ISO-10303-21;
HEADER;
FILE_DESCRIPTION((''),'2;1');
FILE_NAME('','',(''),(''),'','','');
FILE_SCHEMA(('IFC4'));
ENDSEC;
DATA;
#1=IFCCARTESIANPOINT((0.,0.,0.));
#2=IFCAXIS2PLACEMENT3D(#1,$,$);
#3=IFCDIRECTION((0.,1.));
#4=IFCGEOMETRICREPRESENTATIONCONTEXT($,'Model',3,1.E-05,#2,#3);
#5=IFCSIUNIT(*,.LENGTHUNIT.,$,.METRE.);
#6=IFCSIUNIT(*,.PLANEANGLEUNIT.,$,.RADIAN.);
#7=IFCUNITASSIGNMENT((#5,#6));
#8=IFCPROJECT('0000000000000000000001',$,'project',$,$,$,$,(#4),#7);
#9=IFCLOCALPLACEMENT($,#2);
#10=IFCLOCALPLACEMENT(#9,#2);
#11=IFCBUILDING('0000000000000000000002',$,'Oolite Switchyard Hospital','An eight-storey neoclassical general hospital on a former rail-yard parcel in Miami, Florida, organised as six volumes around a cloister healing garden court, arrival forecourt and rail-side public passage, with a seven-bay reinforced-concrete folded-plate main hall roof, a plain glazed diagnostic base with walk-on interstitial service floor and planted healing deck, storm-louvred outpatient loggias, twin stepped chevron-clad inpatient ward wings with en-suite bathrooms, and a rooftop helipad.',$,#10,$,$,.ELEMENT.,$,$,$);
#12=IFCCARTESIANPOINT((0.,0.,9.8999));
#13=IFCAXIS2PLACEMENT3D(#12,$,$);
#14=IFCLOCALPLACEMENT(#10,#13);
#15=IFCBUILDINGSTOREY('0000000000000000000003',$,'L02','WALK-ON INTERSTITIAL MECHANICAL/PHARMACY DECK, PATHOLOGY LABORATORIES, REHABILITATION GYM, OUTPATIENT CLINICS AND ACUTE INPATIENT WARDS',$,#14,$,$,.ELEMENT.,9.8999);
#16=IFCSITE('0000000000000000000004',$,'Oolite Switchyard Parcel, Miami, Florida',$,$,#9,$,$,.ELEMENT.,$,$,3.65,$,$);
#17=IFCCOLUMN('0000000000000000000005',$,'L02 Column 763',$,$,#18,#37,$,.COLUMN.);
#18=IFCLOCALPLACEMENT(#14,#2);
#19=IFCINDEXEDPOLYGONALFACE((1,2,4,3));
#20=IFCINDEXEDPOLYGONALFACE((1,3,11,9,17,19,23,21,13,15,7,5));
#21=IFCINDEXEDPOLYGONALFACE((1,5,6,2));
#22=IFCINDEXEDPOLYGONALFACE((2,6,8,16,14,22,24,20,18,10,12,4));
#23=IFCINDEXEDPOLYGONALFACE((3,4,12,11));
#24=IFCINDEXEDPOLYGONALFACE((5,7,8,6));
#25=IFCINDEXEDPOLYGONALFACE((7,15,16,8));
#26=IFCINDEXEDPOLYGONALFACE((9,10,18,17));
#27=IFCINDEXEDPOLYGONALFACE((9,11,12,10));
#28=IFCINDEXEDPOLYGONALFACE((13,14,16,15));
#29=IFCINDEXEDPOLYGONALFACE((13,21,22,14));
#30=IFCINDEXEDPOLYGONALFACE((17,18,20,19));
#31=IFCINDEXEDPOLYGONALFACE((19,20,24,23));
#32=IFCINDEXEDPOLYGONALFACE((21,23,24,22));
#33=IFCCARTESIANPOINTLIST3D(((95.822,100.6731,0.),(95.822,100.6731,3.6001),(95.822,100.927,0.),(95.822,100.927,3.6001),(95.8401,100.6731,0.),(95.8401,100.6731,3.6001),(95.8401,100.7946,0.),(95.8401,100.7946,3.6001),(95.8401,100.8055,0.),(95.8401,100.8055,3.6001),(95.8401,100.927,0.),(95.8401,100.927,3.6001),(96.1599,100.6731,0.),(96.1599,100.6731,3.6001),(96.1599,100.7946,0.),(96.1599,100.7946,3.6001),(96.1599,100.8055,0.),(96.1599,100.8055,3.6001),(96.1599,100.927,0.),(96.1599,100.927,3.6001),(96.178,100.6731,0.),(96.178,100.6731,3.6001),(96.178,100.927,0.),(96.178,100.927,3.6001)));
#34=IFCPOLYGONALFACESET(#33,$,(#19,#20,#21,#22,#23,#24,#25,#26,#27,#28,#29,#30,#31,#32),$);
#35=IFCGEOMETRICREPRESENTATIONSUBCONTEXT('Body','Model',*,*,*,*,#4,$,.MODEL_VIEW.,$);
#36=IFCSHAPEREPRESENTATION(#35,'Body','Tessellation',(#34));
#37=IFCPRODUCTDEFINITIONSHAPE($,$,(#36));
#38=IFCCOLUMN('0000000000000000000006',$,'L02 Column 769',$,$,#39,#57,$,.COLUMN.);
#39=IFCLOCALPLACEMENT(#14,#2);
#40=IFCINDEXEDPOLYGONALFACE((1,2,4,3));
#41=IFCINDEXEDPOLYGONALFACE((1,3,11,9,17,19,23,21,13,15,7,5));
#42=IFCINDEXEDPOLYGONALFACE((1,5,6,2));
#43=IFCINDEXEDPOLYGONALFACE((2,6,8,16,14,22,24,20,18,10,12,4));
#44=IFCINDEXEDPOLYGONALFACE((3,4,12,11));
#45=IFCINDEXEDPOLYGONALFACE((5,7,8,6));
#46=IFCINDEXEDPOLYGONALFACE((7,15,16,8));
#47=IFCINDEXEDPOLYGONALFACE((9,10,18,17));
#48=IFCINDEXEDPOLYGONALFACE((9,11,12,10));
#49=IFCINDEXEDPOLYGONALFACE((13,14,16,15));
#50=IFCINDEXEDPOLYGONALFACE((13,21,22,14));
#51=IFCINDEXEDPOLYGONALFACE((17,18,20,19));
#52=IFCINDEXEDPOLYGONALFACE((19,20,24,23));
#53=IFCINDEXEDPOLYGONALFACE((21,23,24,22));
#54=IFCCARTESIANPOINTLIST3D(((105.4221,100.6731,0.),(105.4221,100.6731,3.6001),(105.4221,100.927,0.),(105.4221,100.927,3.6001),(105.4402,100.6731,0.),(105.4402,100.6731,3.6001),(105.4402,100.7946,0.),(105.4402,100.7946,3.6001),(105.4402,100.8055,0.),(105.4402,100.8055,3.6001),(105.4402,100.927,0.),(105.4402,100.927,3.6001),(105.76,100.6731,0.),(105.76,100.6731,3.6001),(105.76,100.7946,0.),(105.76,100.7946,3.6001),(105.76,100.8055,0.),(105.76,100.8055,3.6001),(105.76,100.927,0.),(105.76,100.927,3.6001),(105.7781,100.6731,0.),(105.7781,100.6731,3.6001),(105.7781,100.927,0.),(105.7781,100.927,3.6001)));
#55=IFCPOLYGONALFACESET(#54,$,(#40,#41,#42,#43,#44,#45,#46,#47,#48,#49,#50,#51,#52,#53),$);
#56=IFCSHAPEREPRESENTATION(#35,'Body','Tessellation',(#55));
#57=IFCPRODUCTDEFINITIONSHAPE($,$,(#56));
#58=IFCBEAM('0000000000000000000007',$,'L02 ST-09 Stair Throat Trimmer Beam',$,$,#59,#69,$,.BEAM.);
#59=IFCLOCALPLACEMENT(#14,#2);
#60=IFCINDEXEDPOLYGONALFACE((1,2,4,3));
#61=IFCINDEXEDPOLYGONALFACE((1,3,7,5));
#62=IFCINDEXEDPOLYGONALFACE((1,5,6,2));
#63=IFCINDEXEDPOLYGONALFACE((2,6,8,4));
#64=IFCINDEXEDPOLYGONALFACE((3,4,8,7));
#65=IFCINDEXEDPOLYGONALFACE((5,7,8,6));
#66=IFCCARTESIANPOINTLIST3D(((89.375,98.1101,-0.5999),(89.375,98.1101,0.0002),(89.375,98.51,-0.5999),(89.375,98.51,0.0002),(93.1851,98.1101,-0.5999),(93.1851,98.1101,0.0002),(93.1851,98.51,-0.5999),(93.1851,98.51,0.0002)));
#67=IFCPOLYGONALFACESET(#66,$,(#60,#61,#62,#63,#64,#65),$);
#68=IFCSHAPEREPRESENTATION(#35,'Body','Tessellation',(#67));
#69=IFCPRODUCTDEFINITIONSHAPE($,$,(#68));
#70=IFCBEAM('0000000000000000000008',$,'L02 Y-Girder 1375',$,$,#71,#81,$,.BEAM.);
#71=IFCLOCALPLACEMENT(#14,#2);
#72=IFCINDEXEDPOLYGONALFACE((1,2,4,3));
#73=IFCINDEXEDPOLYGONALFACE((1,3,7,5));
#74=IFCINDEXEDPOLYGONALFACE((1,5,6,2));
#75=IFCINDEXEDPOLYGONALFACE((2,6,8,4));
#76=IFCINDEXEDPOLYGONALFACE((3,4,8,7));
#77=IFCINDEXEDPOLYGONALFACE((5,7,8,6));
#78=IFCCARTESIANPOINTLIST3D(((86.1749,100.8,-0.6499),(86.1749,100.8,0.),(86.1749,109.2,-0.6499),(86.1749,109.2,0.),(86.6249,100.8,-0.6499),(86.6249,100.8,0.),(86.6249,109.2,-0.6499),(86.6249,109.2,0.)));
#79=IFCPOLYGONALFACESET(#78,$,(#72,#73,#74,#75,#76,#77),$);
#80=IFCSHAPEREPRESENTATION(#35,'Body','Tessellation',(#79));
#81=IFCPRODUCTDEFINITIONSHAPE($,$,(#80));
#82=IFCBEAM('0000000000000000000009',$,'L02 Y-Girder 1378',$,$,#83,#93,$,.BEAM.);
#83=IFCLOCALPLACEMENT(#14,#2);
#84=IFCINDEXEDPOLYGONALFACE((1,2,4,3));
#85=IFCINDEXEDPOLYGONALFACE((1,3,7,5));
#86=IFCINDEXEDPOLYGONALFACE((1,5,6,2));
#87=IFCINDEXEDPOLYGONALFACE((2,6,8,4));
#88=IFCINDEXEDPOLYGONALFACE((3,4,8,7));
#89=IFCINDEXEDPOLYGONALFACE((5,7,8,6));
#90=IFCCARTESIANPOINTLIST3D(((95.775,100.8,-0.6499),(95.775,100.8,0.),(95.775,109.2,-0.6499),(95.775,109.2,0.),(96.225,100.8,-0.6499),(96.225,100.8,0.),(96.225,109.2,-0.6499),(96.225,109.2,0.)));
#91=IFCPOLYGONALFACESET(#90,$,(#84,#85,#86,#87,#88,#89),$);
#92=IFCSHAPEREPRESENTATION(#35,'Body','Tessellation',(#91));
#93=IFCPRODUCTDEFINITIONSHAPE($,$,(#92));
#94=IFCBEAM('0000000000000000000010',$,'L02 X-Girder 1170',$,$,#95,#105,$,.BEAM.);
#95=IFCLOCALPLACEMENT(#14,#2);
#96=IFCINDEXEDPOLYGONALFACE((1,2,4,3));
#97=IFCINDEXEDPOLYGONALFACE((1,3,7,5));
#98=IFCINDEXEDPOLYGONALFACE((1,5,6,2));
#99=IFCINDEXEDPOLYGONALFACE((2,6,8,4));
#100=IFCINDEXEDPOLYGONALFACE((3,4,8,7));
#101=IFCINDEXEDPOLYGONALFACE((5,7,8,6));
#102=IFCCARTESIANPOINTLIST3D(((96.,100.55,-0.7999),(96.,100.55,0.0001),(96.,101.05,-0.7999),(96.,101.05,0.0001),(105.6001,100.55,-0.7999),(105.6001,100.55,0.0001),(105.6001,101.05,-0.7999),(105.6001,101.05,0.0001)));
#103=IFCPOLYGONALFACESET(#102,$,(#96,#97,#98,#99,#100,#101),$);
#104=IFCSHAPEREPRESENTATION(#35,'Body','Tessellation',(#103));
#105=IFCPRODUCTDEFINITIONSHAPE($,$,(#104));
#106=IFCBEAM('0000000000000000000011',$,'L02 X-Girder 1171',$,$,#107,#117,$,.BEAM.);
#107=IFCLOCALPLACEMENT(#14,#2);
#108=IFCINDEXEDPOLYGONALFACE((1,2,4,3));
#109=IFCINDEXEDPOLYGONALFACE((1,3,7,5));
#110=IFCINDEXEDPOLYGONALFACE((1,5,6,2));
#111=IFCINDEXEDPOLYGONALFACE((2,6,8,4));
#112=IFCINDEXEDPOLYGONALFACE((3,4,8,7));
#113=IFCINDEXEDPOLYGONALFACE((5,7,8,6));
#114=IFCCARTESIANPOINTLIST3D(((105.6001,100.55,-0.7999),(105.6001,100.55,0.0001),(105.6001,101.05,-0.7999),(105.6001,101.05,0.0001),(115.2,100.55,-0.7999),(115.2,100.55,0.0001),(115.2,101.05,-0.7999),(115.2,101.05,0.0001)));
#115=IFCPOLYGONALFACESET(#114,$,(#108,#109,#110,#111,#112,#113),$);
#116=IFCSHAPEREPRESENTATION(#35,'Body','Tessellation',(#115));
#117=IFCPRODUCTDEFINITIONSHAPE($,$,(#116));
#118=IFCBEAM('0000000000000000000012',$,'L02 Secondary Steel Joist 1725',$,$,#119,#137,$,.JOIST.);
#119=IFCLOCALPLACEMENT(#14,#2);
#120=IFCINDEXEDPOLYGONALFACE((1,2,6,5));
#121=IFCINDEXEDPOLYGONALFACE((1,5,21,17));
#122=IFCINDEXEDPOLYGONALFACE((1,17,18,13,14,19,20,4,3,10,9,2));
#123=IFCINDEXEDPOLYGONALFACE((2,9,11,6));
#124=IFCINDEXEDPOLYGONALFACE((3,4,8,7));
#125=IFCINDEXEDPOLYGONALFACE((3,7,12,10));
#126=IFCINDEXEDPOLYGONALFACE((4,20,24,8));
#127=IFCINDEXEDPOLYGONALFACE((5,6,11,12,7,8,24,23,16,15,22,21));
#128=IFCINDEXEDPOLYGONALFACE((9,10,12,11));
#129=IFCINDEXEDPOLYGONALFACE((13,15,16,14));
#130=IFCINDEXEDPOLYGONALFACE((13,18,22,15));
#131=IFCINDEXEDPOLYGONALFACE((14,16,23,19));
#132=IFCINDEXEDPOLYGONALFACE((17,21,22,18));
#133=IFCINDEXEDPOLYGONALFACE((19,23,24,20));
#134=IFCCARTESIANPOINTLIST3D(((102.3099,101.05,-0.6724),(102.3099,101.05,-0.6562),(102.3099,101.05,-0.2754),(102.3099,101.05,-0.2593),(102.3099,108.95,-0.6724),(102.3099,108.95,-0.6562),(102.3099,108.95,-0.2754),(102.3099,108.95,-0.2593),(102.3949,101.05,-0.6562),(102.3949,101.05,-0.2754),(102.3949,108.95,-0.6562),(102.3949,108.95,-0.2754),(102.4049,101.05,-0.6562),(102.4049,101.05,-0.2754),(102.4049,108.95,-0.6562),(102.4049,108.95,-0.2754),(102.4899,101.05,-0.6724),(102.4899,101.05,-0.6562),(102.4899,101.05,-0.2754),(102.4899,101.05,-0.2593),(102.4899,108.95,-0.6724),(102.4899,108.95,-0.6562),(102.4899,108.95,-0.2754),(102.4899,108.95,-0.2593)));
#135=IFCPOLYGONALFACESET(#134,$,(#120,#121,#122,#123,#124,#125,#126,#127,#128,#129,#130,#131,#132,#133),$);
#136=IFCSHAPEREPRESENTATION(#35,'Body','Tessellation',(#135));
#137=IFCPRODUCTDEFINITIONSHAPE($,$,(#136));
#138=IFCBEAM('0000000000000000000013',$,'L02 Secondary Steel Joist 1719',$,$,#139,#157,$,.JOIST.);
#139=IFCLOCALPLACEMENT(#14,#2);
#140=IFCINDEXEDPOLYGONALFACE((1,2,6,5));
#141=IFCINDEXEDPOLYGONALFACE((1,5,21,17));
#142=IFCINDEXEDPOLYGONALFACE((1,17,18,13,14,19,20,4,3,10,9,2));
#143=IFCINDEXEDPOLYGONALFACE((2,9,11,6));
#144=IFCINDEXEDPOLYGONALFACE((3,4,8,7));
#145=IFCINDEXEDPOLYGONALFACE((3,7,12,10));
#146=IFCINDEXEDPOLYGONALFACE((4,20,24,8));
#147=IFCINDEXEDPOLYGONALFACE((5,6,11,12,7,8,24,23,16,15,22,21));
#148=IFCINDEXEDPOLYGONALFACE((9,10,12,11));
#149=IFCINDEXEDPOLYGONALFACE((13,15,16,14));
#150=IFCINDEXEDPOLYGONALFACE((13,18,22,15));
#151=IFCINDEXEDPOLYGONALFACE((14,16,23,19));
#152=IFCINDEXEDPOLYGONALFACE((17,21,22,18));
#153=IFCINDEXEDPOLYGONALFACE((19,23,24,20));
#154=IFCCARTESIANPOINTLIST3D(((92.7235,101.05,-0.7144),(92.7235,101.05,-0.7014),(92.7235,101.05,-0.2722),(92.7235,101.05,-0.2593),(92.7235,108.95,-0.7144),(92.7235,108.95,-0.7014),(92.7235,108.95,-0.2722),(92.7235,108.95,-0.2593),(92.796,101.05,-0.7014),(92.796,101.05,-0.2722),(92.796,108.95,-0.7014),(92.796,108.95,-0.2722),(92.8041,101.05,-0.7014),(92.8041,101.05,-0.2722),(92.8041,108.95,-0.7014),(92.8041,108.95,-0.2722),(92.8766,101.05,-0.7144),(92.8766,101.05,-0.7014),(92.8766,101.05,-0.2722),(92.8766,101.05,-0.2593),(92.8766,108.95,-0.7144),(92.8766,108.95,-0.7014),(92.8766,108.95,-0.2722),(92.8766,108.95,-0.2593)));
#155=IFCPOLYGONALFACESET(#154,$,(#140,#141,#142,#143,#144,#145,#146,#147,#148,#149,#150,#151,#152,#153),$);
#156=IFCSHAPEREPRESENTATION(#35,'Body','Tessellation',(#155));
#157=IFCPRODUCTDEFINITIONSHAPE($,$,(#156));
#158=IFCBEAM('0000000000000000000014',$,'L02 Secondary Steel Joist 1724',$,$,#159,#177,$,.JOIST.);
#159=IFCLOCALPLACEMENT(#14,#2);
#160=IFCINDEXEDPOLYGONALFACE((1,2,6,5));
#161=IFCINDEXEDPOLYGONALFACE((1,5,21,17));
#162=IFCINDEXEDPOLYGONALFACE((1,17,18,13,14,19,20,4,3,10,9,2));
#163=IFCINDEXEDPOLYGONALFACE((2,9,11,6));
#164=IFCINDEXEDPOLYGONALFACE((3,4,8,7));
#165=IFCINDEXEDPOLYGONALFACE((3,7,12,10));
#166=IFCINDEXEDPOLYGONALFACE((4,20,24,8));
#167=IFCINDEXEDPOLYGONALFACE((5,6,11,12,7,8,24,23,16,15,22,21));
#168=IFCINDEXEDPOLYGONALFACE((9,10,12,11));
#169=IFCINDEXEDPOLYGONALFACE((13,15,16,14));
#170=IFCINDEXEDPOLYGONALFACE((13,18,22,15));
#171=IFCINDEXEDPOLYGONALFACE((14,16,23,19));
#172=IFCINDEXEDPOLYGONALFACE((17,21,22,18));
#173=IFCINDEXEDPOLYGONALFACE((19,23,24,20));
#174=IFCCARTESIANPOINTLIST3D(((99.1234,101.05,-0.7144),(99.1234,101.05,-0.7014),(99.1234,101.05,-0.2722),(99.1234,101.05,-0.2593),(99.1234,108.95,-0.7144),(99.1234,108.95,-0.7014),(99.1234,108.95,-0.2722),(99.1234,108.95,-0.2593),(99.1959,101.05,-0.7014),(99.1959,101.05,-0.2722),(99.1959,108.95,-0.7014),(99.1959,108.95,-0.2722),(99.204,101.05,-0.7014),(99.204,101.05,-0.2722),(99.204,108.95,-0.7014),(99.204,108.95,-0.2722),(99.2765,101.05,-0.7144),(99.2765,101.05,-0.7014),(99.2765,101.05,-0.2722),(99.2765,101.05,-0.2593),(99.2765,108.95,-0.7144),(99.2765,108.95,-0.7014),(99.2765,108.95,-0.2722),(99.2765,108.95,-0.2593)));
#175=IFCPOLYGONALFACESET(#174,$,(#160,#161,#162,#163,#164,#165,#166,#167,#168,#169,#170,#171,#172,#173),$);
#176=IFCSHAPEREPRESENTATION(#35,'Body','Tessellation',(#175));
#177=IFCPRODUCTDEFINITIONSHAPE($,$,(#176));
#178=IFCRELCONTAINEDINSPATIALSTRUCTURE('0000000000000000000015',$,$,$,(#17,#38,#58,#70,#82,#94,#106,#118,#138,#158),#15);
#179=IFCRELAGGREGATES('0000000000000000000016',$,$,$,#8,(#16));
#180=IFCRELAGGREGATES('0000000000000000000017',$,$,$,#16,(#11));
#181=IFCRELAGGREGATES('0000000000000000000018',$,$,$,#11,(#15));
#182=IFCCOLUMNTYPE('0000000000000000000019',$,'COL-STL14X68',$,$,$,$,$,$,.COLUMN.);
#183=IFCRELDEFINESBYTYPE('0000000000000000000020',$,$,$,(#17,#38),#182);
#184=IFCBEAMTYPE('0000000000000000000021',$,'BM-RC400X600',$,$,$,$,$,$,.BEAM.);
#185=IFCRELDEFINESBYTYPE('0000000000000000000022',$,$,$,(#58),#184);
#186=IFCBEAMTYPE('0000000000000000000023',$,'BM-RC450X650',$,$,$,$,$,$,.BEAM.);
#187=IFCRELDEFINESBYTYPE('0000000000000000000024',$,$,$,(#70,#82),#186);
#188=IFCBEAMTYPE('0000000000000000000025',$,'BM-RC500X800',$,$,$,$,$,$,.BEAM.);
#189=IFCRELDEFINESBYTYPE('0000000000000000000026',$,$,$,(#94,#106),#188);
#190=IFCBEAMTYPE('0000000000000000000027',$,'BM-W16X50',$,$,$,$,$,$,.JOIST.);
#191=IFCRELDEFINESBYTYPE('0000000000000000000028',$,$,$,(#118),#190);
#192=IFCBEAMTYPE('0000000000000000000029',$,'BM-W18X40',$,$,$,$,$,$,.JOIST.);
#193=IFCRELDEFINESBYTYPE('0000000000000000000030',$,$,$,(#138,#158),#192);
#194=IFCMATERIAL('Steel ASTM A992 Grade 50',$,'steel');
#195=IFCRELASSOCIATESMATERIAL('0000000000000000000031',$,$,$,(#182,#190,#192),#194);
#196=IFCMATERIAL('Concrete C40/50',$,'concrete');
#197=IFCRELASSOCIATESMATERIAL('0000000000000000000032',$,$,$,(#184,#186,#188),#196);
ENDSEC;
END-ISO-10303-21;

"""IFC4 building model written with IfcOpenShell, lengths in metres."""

from ifc_helpers import new_model, si_unit, direction, frame, origin, origin_2d, place, context, subcontext, project, spatial, rectangle, i_section, extrude, material, material_profile, profile_set, type_object, element, save


model = new_model("IFC4")

# Units and contexts
model_context = context("Model", 3, precision=1e-05, world=origin(), true_north=direction((0.0, 1.0)))
body_context = subcontext(model_context, "Body", "Model", "MODEL_VIEW")
ifc_project = project(units=[si_unit("LENGTHUNIT", "METRE"), si_unit("PLANEANGLEUNIT", "RADIAN")], contexts=[model_context])

# Site, building, storey
site_placement = place(None, origin())
site = spatial("IfcSite", under=ifc_project, at=site_placement, Name="Oolite Switchyard Parcel, Miami, Florida", CompositionType="ELEMENT", RefElevation=3.65)
building_placement = place(site_placement, origin())
building = spatial("IfcBuilding", under=site, at=building_placement, Name="Oolite Switchyard Hospital", Description="An eight-storey neoclassical general hospital on a former rail-yard parcel in Miami, Florida, organised as six volumes around a cloister healing garden court, arrival forecourt and rail-side public passage, with a seven-bay reinforced-concrete folded-plate main hall roof, a plain glazed diagnostic base with walk-on interstitial service floor and planted healing deck, storm-louvred outpatient loggias, twin stepped chevron-clad inpatient ward wings with en-suite bathrooms, and a rooftop helipad.", CompositionType="ELEMENT")
storey_placement = place(building_placement, frame((0.0, 0.0, 9.8999)))
storey = spatial("IfcBuildingStorey", under=building, at=storey_placement, Name="L02", Description="WALK-ON INTERSTITIAL MECHANICAL/PHARMACY DECK, PATHOLOGY LABORATORIES, REHABILITATION GYM, OUTPATIENT CLINICS AND ACUTE INPATIENT WARDS", CompositionType="ELEMENT", Elevation=9.8999)

# Columns
ifc_material_1 = material(Name="Steel ASTM A992 Grade 50", Category="steel")
ifc_material_profile_1 = material_profile(ifc_material_1, i_section(OverallWidth=0.2539, OverallDepth=0.356, WebThickness=0.011, FlangeThickness=0.0181, at=origin_2d()), Name="W14X68")
ifc_profile_set_1 = profile_set([ifc_material_profile_1], Name="Steel ASTM A992 Grade 50")
column_type = type_object("IfcColumnType", Name="COL-STL14X68", PredefinedType="COLUMN", material=ifc_profile_set_1)
for number, where, z_axis, x_axis, name in (
    (1, (96.0, 100.8, 0.0), (0.0, 0.0, 1.0), (0.0, -1.0, 0.0), "L02 Column 763"),
    (2, (105.6001, 100.8, 0.0), (0.0, 0.0, 1.0), (0.0, -1.0, 0.0), "L02 Column 769"),
):
    element("IfcColumn", number, at=place(storey_placement, frame(where, z_axis=z_axis, x_axis=x_axis)), inside=storey, type_object=column_type, Name=name, PredefinedType="COLUMN", context=body_context, shape_type="SweptSolid", body=[
        extrude(i_section(OverallWidth=0.2539, OverallDepth=0.356, WebThickness=0.011, FlangeThickness=0.0181, at=origin_2d()), origin(), (0.0, 0.0, 1.0), 3.6001),
    ])

# Beams
ifc_material_2 = material(Name="Concrete C40/50", Category="concrete")
ifc_material_profile_2 = material_profile(ifc_material_2, rectangle(XDim=0.3999, YDim=0.6001, at=origin_2d()), Name="RCB400X600")
ifc_profile_set_2 = profile_set([ifc_material_profile_2], Name="Concrete C40/50")
beam_type_1 = type_object("IfcBeamType", Name="BM-RC400X600", PredefinedType="BEAM", material=ifc_profile_set_2)
beam_1_placement = place(storey_placement, frame((89.375, 98.3101, -0.2998), z_axis=(1.0, 0.0, 0.0), x_axis=(0.0, 1.0, 0.0)))
element("IfcBeam", 3, at=beam_1_placement, inside=storey, type_object=beam_type_1, Name="L02 ST-09 Stair Throat Trimmer Beam", PredefinedType="BEAM", context=body_context, shape_type="SweptSolid", body=[
    extrude(rectangle(XDim=0.3999, YDim=0.6001, at=origin_2d()), origin(), (0.0, 0.0, 1.0), 3.8101),
])
ifc_material_profile_3 = material_profile(ifc_material_2, rectangle(XDim=0.45, YDim=0.6499, at=origin_2d()), Name="RCB450X650")
ifc_profile_set_3 = profile_set([ifc_material_profile_3], Name="Concrete C40/50")
beam_type_2 = type_object("IfcBeamType", Name="BM-RC450X650", PredefinedType="BEAM", material=ifc_profile_set_3)
for number, where, z_axis, x_axis, name in (
    (4, (86.3999, 100.8, -0.325), (0.0, 1.0, 0.0), (-1.0, 0.0, 0.0), "L02 Y-Girder 1375"),
    (5, (96.0, 100.8, -0.325), (0.0, 1.0, 0.0), (-1.0, 0.0, 0.0), "L02 Y-Girder 1378"),
):
    element("IfcBeam", number, at=place(storey_placement, frame(where, z_axis=z_axis, x_axis=x_axis)), inside=storey, type_object=beam_type_2, Name=name, PredefinedType="BEAM", context=body_context, shape_type="SweptSolid", body=[
        extrude(rectangle(XDim=0.45, YDim=0.6499, at=origin_2d()), origin(), (0.0, 0.0, 1.0), 8.3999),
    ])
ifc_material_profile_4 = material_profile(ifc_material_2, rectangle(XDim=0.5, YDim=0.8, at=origin_2d()), Name="RCB500X800")
ifc_profile_set_4 = profile_set([ifc_material_profile_4], Name="Concrete C40/50")
beam_type_3 = type_object("IfcBeamType", Name="BM-RC500X800", PredefinedType="BEAM", material=ifc_profile_set_4)
beam_2_placement = place(storey_placement, frame((96.0, 100.8, -0.3999), z_axis=(1.0, 0.0, 0.0), x_axis=(0.0, 1.0, 0.0)))
element("IfcBeam", 6, at=beam_2_placement, inside=storey, type_object=beam_type_3, Name="L02 X-Girder 1170", PredefinedType="BEAM", context=body_context, shape_type="SweptSolid", body=[
    extrude(rectangle(XDim=0.5, YDim=0.8, at=origin_2d()), origin(), (0.0, 0.0, 1.0), 9.6001),
])
beam_3_placement = place(storey_placement, frame((105.6001, 100.8, -0.3999), z_axis=(1.0, 0.0, 0.0), x_axis=(0.0, 1.0, 0.0)))
element("IfcBeam", 7, at=beam_3_placement, inside=storey, type_object=beam_type_3, Name="L02 X-Girder 1171", PredefinedType="BEAM", context=body_context, shape_type="SweptSolid", body=[
    extrude(rectangle(XDim=0.5, YDim=0.8, at=origin_2d()), origin(), (0.0, 0.0, 1.0), 9.5999),
])
ifc_material_profile_5 = material_profile(ifc_material_1, i_section(OverallWidth=0.1799, OverallDepth=0.4131, WebThickness=0.01, FlangeThickness=0.0161, at=origin_2d()), Name="W16X50")
ifc_profile_set_5 = profile_set([ifc_material_profile_5], Name="Steel ASTM A992 Grade 50")
beam_type_4 = type_object("IfcBeamType", Name="BM-W16X50", PredefinedType="JOIST", material=ifc_profile_set_5)
beam_4_placement = place(storey_placement, frame((102.3999, 101.05, -0.4658), z_axis=(0.0, 1.0, 0.0), x_axis=(-1.0, 0.0, 0.0)))
element("IfcBeam", 8, at=beam_4_placement, inside=storey, type_object=beam_type_4, Name="L02 Secondary Steel Joist 1725", PredefinedType="JOIST", context=body_context, shape_type="SweptSolid", body=[
    extrude(i_section(OverallWidth=0.1799, OverallDepth=0.4131, WebThickness=0.01, FlangeThickness=0.0161, at=origin_2d()), origin(), (0.0, 0.0, 1.0), 7.8999),
])
ifc_material_profile_6 = material_profile(ifc_material_1, i_section(OverallWidth=0.1531, OverallDepth=0.4551, WebThickness=0.0081, FlangeThickness=0.0129, at=origin_2d()), Name="W18X40")
ifc_profile_set_6 = profile_set([ifc_material_profile_6], Name="Steel ASTM A992 Grade 50")
beam_type_5 = type_object("IfcBeamType", Name="BM-W18X40", PredefinedType="JOIST", material=ifc_profile_set_6)
for number, where, z_axis, x_axis, name in (
    (9, (92.8, 101.05, -0.4868), (0.0, 1.0, 0.0), (-1.0, 0.0, 0.0), "L02 Secondary Steel Joist 1719"),
    (10, (99.2, 101.05, -0.4868), (0.0, 1.0, 0.0), (-1.0, 0.0, 0.0), "L02 Secondary Steel Joist 1724"),
):
    element("IfcBeam", number, at=place(storey_placement, frame(where, z_axis=z_axis, x_axis=x_axis)), inside=storey, type_object=beam_type_5, Name=name, PredefinedType="JOIST", context=body_context, shape_type="SweptSolid", body=[
        extrude(i_section(OverallWidth=0.1531, OverallDepth=0.4551, WebThickness=0.0081, FlangeThickness=0.0129, at=origin_2d()), origin(), (0.0, 0.0, 1.0), 7.8999),
    ])

save(model, "model.ifc")
